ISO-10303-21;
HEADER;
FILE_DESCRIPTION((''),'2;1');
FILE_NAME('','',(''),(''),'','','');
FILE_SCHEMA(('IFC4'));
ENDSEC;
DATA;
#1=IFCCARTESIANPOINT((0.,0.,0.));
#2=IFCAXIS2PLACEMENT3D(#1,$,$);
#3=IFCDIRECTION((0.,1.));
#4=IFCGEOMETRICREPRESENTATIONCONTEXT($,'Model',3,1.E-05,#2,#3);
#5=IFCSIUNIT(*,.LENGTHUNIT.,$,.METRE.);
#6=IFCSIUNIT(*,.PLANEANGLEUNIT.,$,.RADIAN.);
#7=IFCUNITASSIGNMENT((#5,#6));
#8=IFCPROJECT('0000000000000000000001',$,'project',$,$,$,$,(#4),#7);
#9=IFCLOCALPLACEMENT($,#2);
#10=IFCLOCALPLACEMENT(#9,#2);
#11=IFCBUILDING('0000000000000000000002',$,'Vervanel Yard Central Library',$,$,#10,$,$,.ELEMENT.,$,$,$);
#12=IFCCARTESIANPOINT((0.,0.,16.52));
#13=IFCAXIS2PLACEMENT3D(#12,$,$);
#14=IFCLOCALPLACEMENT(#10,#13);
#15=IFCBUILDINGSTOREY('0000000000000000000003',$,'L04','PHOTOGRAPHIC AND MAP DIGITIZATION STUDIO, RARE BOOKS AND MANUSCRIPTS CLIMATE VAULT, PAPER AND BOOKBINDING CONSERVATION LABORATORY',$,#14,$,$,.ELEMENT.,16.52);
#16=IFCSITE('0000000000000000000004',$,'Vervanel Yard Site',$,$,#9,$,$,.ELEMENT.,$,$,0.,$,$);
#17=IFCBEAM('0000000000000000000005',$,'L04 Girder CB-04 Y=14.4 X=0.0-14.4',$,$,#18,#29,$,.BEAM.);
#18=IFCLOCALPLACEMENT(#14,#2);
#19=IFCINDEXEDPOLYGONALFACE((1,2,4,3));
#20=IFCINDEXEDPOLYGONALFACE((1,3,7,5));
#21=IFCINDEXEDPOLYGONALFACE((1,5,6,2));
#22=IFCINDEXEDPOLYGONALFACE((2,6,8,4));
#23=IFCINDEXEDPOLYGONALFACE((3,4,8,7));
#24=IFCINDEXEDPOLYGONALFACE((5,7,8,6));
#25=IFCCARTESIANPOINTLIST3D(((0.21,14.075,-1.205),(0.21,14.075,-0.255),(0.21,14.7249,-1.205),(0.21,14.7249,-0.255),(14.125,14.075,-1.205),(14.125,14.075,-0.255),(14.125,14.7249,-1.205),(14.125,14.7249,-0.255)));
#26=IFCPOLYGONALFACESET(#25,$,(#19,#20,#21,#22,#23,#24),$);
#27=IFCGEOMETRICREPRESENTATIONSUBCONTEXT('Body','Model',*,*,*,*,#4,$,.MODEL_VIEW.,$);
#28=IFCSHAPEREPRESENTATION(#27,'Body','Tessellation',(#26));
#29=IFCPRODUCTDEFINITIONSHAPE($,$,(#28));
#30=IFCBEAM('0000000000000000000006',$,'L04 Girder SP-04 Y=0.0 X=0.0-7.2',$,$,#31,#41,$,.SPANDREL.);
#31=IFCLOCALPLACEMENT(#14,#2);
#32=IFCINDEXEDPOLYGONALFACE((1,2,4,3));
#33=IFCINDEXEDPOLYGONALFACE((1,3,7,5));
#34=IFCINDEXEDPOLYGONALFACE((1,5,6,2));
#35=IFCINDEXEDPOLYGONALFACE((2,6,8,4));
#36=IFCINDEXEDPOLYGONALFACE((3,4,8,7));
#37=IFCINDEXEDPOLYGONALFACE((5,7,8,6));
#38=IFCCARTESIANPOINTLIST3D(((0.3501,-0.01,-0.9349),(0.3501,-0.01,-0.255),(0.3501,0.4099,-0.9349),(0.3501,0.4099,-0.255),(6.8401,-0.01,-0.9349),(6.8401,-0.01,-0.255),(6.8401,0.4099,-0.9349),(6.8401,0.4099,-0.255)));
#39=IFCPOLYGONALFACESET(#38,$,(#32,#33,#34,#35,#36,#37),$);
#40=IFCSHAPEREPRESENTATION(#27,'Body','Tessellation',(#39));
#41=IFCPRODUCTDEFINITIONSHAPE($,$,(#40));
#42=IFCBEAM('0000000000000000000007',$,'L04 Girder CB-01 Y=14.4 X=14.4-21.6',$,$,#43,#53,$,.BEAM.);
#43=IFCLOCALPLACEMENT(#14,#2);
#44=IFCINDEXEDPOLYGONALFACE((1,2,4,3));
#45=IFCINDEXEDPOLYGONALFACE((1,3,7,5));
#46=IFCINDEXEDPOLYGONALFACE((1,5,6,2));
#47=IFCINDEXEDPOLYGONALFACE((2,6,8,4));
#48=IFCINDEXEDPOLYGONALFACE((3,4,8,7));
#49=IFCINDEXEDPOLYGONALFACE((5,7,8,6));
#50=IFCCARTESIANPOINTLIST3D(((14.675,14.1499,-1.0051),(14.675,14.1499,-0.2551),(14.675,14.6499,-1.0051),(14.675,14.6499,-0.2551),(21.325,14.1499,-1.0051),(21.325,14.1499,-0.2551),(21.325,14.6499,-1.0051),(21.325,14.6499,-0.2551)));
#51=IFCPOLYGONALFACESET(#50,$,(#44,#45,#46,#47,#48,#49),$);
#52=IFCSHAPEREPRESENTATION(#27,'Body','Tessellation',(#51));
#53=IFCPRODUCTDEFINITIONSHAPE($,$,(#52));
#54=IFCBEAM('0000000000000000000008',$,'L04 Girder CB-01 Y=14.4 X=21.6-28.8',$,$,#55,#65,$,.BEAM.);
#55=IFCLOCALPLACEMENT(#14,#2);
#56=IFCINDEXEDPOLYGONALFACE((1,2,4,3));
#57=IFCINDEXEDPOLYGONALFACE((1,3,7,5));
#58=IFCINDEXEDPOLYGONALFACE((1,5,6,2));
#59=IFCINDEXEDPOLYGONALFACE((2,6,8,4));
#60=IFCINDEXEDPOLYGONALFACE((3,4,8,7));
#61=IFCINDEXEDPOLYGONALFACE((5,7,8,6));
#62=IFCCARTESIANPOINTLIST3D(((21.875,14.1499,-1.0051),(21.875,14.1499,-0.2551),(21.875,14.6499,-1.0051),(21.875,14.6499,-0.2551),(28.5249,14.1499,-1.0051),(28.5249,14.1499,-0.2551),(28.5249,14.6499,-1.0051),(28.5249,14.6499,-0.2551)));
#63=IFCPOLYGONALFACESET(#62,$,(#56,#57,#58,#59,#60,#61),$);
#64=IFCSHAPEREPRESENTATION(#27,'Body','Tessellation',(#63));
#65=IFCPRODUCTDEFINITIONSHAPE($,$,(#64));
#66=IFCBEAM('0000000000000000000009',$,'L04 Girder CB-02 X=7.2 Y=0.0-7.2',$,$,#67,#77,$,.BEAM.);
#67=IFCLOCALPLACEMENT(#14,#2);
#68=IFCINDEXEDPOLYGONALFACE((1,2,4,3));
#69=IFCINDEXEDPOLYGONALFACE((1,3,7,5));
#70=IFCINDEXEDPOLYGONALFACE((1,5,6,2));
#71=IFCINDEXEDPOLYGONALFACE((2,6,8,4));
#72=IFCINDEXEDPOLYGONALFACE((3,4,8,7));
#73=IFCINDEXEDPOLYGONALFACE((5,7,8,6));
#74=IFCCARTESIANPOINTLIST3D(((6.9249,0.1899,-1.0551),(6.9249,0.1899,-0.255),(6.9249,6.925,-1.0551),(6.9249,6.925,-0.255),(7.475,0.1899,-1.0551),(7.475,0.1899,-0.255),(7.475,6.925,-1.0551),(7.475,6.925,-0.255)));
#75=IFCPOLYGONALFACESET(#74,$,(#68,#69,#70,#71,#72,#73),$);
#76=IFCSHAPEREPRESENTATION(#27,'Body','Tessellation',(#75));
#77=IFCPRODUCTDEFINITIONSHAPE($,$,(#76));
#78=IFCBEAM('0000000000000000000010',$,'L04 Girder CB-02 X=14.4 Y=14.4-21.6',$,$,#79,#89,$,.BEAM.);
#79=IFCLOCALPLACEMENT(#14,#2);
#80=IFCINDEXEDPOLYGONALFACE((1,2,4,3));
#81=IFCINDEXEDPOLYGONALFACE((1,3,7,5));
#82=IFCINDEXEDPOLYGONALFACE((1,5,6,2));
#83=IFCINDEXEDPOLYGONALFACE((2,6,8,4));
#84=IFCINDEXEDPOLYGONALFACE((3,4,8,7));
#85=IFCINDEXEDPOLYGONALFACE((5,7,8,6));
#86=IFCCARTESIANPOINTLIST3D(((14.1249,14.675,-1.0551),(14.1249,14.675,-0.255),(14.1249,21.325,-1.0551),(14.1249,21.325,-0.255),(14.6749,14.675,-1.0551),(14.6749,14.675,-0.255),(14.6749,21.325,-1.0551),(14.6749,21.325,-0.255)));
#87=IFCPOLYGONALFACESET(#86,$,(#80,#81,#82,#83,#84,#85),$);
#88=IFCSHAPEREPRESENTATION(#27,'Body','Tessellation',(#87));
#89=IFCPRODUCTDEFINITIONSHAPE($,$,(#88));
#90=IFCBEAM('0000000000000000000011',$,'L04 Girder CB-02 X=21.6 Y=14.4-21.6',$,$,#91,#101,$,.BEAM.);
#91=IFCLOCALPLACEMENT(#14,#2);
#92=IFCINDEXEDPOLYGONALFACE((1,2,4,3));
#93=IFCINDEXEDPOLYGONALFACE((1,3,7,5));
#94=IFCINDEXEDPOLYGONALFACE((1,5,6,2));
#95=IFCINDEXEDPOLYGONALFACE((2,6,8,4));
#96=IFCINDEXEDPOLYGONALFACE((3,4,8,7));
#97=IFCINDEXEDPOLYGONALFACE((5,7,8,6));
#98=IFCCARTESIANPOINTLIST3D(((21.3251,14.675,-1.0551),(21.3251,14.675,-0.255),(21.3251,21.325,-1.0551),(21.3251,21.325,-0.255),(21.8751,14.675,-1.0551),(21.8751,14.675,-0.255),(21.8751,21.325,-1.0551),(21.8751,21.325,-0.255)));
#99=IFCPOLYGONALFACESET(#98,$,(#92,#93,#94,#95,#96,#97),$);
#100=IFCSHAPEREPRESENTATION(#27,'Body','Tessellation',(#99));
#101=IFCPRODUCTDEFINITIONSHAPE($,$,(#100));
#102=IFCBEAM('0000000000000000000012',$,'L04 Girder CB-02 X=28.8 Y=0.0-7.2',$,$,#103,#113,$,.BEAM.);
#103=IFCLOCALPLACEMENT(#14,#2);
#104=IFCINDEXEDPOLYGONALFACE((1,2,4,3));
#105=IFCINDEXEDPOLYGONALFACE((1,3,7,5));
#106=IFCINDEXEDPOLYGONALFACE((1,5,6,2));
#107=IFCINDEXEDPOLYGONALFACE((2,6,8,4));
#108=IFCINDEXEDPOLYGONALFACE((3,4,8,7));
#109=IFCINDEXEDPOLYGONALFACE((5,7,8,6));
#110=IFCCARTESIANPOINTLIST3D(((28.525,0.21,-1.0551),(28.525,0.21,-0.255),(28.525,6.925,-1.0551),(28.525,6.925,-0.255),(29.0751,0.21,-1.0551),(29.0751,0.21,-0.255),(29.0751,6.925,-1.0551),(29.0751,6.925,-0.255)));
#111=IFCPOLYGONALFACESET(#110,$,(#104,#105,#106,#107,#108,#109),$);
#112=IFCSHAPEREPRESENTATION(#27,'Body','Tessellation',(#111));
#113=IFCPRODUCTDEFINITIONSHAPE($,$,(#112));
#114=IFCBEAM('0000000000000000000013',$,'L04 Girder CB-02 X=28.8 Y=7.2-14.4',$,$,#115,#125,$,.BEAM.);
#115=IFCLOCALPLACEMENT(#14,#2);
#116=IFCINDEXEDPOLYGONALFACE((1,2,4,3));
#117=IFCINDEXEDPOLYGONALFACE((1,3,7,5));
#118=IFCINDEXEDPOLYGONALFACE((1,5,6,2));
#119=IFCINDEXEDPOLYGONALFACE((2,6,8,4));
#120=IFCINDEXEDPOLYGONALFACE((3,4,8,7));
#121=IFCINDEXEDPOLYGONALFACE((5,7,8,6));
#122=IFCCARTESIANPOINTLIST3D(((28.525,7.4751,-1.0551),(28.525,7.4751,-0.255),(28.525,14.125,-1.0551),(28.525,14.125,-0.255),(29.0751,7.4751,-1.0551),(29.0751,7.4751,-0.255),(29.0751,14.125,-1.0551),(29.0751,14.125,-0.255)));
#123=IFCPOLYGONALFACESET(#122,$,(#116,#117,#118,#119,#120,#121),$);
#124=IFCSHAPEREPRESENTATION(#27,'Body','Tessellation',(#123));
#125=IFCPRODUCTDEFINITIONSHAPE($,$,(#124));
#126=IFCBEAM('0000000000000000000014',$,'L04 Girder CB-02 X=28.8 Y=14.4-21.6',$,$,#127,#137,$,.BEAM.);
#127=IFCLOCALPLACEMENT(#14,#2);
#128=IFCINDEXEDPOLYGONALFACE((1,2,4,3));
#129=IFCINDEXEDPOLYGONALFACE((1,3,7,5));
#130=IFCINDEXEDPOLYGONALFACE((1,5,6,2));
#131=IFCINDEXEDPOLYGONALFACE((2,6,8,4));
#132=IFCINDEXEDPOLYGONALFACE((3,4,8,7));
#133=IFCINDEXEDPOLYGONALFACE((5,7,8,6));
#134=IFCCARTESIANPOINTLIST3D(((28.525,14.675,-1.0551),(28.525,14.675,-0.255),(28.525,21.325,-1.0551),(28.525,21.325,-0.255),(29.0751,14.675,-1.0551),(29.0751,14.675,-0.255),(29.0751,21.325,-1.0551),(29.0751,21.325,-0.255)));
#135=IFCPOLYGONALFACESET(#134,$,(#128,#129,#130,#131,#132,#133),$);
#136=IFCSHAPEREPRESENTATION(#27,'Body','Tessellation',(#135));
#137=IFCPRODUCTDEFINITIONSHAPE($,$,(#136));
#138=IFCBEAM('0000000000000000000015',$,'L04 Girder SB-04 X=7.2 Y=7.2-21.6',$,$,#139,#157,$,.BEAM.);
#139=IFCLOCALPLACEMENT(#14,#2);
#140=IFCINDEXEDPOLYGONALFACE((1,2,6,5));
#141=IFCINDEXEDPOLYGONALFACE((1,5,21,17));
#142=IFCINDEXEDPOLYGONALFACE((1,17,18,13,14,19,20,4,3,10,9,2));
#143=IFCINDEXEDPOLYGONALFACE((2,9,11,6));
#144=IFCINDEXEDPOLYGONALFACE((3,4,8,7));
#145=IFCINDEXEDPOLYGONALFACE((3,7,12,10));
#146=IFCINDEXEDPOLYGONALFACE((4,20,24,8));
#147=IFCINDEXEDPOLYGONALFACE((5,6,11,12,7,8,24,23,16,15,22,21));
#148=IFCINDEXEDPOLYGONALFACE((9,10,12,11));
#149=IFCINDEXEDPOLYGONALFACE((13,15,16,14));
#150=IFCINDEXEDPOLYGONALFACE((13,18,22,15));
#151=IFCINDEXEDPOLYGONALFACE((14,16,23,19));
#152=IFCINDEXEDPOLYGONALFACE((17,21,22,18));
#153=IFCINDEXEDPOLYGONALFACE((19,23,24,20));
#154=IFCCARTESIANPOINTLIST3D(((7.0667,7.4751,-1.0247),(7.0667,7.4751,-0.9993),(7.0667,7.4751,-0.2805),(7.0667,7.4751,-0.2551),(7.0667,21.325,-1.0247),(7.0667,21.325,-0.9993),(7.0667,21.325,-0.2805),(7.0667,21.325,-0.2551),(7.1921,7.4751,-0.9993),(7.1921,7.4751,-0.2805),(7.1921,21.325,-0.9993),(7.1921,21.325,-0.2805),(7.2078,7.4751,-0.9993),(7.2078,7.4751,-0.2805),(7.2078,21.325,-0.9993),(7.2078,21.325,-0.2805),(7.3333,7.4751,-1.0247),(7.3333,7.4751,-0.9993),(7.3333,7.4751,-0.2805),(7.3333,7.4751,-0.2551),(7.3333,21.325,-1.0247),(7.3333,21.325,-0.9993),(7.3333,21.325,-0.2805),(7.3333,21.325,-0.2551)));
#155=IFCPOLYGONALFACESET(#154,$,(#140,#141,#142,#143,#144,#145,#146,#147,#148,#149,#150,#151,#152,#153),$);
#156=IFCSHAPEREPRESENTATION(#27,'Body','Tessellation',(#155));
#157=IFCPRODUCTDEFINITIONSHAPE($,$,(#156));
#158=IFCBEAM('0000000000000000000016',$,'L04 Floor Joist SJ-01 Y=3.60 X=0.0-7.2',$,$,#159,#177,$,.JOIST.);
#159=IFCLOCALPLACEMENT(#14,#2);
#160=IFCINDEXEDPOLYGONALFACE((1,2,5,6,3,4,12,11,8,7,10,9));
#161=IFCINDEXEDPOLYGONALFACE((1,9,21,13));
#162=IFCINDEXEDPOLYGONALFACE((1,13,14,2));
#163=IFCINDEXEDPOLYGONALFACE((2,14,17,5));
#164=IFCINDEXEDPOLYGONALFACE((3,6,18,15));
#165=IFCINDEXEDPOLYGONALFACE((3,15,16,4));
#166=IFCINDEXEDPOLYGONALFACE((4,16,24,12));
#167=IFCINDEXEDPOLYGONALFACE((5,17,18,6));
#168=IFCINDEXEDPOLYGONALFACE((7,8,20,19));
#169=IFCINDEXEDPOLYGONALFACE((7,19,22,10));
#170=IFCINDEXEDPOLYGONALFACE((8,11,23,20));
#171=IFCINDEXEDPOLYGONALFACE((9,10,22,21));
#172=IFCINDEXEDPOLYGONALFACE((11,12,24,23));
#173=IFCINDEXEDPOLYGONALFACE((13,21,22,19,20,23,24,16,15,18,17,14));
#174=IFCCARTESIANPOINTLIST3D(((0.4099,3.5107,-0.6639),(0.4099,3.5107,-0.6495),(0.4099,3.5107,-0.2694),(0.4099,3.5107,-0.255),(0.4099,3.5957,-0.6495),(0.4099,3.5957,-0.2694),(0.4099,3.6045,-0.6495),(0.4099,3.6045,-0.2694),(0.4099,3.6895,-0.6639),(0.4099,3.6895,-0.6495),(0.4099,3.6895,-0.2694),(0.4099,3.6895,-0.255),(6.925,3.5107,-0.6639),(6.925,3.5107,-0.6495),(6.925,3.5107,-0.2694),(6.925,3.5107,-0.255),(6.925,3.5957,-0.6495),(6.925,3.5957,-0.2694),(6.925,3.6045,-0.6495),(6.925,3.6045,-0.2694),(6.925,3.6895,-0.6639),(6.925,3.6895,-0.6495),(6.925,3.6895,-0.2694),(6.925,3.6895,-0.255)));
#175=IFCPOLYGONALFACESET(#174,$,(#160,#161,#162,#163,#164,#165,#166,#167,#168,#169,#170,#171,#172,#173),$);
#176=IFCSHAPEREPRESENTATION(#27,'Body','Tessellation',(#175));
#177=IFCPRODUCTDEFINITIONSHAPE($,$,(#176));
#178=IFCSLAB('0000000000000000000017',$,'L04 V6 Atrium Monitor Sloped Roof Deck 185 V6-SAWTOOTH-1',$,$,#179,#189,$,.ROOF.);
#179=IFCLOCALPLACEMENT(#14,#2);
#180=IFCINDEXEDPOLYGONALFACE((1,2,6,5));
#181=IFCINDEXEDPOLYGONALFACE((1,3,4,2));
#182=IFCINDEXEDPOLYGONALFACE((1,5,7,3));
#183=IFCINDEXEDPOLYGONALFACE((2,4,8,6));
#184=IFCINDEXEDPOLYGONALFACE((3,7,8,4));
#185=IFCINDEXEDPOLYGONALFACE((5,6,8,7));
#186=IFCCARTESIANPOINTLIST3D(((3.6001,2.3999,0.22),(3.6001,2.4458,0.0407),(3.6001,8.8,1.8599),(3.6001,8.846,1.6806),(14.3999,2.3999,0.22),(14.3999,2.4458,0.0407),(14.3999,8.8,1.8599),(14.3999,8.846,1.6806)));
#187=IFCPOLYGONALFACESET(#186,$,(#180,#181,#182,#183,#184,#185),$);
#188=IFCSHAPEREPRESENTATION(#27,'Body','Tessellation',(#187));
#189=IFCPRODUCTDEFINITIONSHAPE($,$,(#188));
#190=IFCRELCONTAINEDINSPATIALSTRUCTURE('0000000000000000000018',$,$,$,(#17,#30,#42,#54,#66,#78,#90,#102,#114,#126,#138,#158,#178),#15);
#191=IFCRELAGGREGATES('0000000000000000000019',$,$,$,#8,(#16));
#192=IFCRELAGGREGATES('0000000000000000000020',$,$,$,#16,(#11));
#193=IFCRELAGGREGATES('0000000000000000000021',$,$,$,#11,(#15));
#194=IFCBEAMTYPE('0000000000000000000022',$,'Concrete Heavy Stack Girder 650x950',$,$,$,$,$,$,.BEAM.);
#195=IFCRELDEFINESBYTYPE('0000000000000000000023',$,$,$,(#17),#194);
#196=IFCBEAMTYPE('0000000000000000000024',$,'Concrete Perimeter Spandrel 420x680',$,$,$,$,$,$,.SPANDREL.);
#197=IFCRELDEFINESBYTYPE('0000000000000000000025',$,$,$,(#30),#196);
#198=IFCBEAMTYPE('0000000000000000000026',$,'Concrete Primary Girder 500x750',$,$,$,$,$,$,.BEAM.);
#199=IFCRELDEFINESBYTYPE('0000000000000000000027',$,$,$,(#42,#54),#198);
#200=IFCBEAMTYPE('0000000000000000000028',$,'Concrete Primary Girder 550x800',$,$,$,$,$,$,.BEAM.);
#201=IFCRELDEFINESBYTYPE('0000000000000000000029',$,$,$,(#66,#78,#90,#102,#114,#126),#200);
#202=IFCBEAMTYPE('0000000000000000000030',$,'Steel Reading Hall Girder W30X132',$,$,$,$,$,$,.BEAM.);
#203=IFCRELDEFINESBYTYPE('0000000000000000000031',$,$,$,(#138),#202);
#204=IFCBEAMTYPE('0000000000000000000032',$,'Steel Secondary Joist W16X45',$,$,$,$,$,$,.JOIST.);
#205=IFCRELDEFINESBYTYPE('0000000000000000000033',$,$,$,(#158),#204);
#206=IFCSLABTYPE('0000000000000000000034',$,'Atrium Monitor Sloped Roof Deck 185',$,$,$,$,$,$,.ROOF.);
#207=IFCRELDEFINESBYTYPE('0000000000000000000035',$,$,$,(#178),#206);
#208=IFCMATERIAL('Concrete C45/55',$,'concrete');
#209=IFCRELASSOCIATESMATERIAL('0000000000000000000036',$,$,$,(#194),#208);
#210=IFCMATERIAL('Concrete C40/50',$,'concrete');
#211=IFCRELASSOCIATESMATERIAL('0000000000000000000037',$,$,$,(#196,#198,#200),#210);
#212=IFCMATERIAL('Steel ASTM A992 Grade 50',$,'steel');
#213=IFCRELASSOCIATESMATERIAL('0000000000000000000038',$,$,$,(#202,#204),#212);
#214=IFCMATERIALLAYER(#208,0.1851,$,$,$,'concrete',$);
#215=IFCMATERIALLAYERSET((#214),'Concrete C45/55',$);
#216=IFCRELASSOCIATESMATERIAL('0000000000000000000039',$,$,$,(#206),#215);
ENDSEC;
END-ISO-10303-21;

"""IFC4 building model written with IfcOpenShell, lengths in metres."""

from ifc_helpers import new_model, si_unit, direction, frame, origin, origin_2d, place, context, subcontext, project, spatial, polyline, rectangle, i_section, outline, extrude, material, layer, layer_set, material_profile, profile_set, type_object, element, save


model = new_model("IFC4")

# Units and contexts
model_context = context("Model", 3, precision=1e-05, world=origin(), true_north=direction((0.0, 1.0)))
body_context = subcontext(model_context, "Body", "Model", "MODEL_VIEW")
ifc_project = project(units=[si_unit("LENGTHUNIT", "METRE"), si_unit("PLANEANGLEUNIT", "RADIAN")], contexts=[model_context])

# Site, building, storey
site_placement = place(None, origin())
site = spatial("IfcSite", under=ifc_project, at=site_placement, Name="Vervanel Yard Site", CompositionType="ELEMENT", RefElevation=0.0)
building_placement = place(site_placement, origin())
building = spatial("IfcBuilding", under=site, at=building_placement, Name="Vervanel Yard Central Library", CompositionType="ELEMENT")
storey_placement = place(building_placement, frame((0.0, 0.0, 16.52)))
storey = spatial("IfcBuildingStorey", under=building, at=storey_placement, Name="L04", Description="PHOTOGRAPHIC AND MAP DIGITIZATION STUDIO, RARE BOOKS AND MANUSCRIPTS CLIMATE VAULT, PAPER AND BOOKBINDING CONSERVATION LABORATORY", CompositionType="ELEMENT", Elevation=16.52)

# Beams
ifc_material_1 = material(Name="Concrete C45/55", Category="concrete")
ifc_material_profile_1 = material_profile(ifc_material_1, rectangle(XDim=0.6499, YDim=0.95, at=origin_2d()), Name="RC 650x950", Category="concrete")
ifc_profile_set_1 = profile_set([ifc_material_profile_1], Name="Concrete C45/55")
beam_type_1 = type_object("IfcBeamType", Name="Concrete Heavy Stack Girder 650x950", PredefinedType="BEAM", material=ifc_profile_set_1)
beam_1_placement = place(storey_placement, frame((0.21, 14.3999, -0.73), z_axis=(1.0, 0.0, 0.0), x_axis=(0.0, 1.0, 0.0)))
element("IfcBeam", 1, at=beam_1_placement, inside=storey, type_object=beam_type_1, Name="L04 Girder CB-04 Y=14.4 X=0.0-14.4", PredefinedType="BEAM", context=body_context, shape_type="SweptSolid", body=[
    extrude(rectangle(XDim=0.6499, YDim=0.95, at=origin_2d()), origin(), (0.0, 0.0, 1.0), 13.915),
])
ifc_material_2 = material(Name="Concrete C40/50", Category="concrete")
ifc_material_profile_2 = material_profile(ifc_material_2, rectangle(XDim=0.4199, YDim=0.6799, at=origin_2d()), Name="RC 420x680", Category="concrete")
ifc_profile_set_2 = profile_set([ifc_material_profile_2], Name="Concrete C40/50")
beam_type_2 = type_object("IfcBeamType", Name="Concrete Perimeter Spandrel 420x680", PredefinedType="SPANDREL", material=ifc_profile_set_2)
beam_2_placement = place(storey_placement, frame((0.3501, 0.2, -0.595), z_axis=(1.0, 0.0, 0.0), x_axis=(0.0, 1.0, 0.0)))
element("IfcBeam", 2, at=beam_2_placement, inside=storey, type_object=beam_type_2, Name="L04 Girder SP-04 Y=0.0 X=0.0-7.2", PredefinedType="SPANDREL", context=body_context, shape_type="SweptSolid", body=[
    extrude(rectangle(XDim=0.4199, YDim=0.6799, at=origin_2d()), origin(), (0.0, 0.0, 1.0), 6.49),
])
ifc_material_profile_3 = material_profile(ifc_material_2, rectangle(XDim=0.5, YDim=0.75, at=origin_2d()), Name="RC 500x750", Category="concrete")
ifc_profile_set_3 = profile_set([ifc_material_profile_3], Name="Concrete C40/50")
beam_type_3 = type_object("IfcBeamType", Name="Concrete Primary Girder 500x750", PredefinedType="BEAM", material=ifc_profile_set_3)
for number, where, z_axis, x_axis, name in (
    (3, (14.675, 14.3999, -0.6301), (1.0, 0.0, 0.0), (0.0, 1.0, 0.0), "L04 Girder CB-01 Y=14.4 X=14.4-21.6"),
    (4, (21.875, 14.3999, -0.6301), (1.0, 0.0, 0.0), (0.0, 1.0, 0.0), "L04 Girder CB-01 Y=14.4 X=21.6-28.8"),
):
    element("IfcBeam", number, at=place(storey_placement, frame(where, z_axis=z_axis, x_axis=x_axis)), inside=storey, type_object=beam_type_3, Name=name, PredefinedType="BEAM", context=body_context, shape_type="SweptSolid", body=[
        extrude(rectangle(XDim=0.5, YDim=0.75, at=origin_2d()), origin(), (0.0, 0.0, 1.0), 6.6499),
    ])
ifc_material_profile_4 = material_profile(ifc_material_2, rectangle(XDim=0.55, YDim=0.8, at=origin_2d()), Name="RC 550x800", Category="concrete")
ifc_profile_set_4 = profile_set([ifc_material_profile_4], Name="Concrete C40/50")
beam_type_4 = type_object("IfcBeamType", Name="Concrete Primary Girder 550x800", PredefinedType="BEAM", material=ifc_profile_set_4)
beam_3_placement = place(storey_placement, frame((7.2, 0.1899, -0.655), z_axis=(0.0, 1.0, 0.0), x_axis=(-1.0, 0.0, 0.0)))
element("IfcBeam", 5, at=beam_3_placement, inside=storey, type_object=beam_type_4, Name="L04 Girder CB-02 X=7.2 Y=0.0-7.2", PredefinedType="BEAM", context=body_context, shape_type="SweptSolid", body=[
    extrude(rectangle(XDim=0.55, YDim=0.8, at=origin_2d()), origin(), (0.0, 0.0, 1.0), 6.7351),
])
for number, where, z_axis, x_axis, name in (
    (6, (14.3999, 14.675, -0.655), (0.0, 1.0, 0.0), (-1.0, 0.0, 0.0), "L04 Girder CB-02 X=14.4 Y=14.4-21.6"),
    (7, (21.6001, 14.675, -0.655), (0.0, 1.0, 0.0), (-1.0, 0.0, 0.0), "L04 Girder CB-02 X=21.6 Y=14.4-21.6"),
):
    element("IfcBeam", number, at=place(storey_placement, frame(where, z_axis=z_axis, x_axis=x_axis)), inside=storey, type_object=beam_type_4, Name=name, PredefinedType="BEAM", context=body_context, shape_type="SweptSolid", body=[
        extrude(rectangle(XDim=0.55, YDim=0.8, at=origin_2d()), origin(), (0.0, 0.0, 1.0), 6.6499),
    ])
beam_4_placement = place(storey_placement, frame((28.8, 0.21, -0.655), z_axis=(0.0, 1.0, 0.0), x_axis=(-1.0, 0.0, 0.0)))
element("IfcBeam", 8, at=beam_4_placement, inside=storey, type_object=beam_type_4, Name="L04 Girder CB-02 X=28.8 Y=0.0-7.2", PredefinedType="BEAM", context=body_context, shape_type="SweptSolid", body=[
    extrude(rectangle(XDim=0.55, YDim=0.8, at=origin_2d()), origin(), (0.0, 0.0, 1.0), 6.7151),
])
for number, where, z_axis, x_axis, name in (
    (9, (28.8, 7.4751, -0.655), (0.0, 1.0, 0.0), (-1.0, 0.0, 0.0), "L04 Girder CB-02 X=28.8 Y=7.2-14.4"),
    (10, (28.8, 14.675, -0.655), (0.0, 1.0, 0.0), (-1.0, 0.0, 0.0), "L04 Girder CB-02 X=28.8 Y=14.4-21.6"),
):
    element("IfcBeam", number, at=place(storey_placement, frame(where, z_axis=z_axis, x_axis=x_axis)), inside=storey, type_object=beam_type_4, Name=name, PredefinedType="BEAM", context=body_context, shape_type="SweptSolid", body=[
        extrude(rectangle(XDim=0.55, YDim=0.8, at=origin_2d()), origin(), (0.0, 0.0, 1.0), 6.6499),
    ])
ifc_material_3 = material(Name="Steel ASTM A992 Grade 50", Category="steel")
ifc_material_profile_5 = material_profile(ifc_material_3, i_section(OverallWidth=0.2666, OverallDepth=0.7695, WebThickness=0.0156, FlangeThickness=0.0254, at=origin_2d()), Name="W30X132", Category="steel")
ifc_profile_set_5 = profile_set([ifc_material_profile_5], Name="Steel ASTM A992 Grade 50")
beam_type_5 = type_object("IfcBeamType", Name="Steel Reading Hall Girder W30X132", PredefinedType="BEAM", material=ifc_profile_set_5)
beam_5_placement = place(storey_placement, frame((7.2, 7.4751, -0.6399), z_axis=(0.0, 1.0, 0.0), x_axis=(-1.0, 0.0, 0.0)))
element("IfcBeam", 11, at=beam_5_placement, inside=storey, type_object=beam_type_5, Name="L04 Girder SB-04 X=7.2 Y=7.2-21.6", PredefinedType="BEAM", context=body_context, shape_type="SweptSolid", body=[
    extrude(i_section(OverallWidth=0.2666, OverallDepth=0.7695, WebThickness=0.0156, FlangeThickness=0.0254, at=origin_2d()), origin(), (0.0, 0.0, 1.0), 13.8499),
])
ifc_material_profile_6 = material_profile(ifc_material_3, i_section(OverallWidth=0.1787, OverallDepth=0.4089, WebThickness=0.0088, FlangeThickness=0.0144, at=origin_2d()), Name="W16X45", Category="steel")
ifc_profile_set_6 = profile_set([ifc_material_profile_6], Name="Steel ASTM A992 Grade 50")
beam_type_6 = type_object("IfcBeamType", Name="Steel Secondary Joist W16X45", PredefinedType="JOIST", material=ifc_profile_set_6)
beam_6_placement = place(storey_placement, frame((0.4099, 3.6001, -0.4595), z_axis=(1.0, 0.0, 0.0), x_axis=(0.0, 1.0, 0.0)))
element("IfcBeam", 12, at=beam_6_placement, inside=storey, type_object=beam_type_6, Name="L04 Floor Joist SJ-01 Y=3.60 X=0.0-7.2", PredefinedType="JOIST", context=body_context, shape_type="SweptSolid", body=[
    extrude(i_section(OverallWidth=0.1787, OverallDepth=0.4089, WebThickness=0.0088, FlangeThickness=0.0144, at=origin_2d()), origin(), (0.0, 0.0, 1.0), 6.5151),
])

# Slab
ifc_layer_1 = layer(ifc_material_1, 0.1851, Category="concrete")
ifc_layer_set_1 = layer_set([ifc_layer_1], Name="Concrete C45/55")
slab_type = type_object("IfcSlabType", Name="Atrium Monitor Sloped Roof Deck 185", PredefinedType="ROOF", material=ifc_layer_set_1)
slab_1_placement = place(storey_placement, frame((3.6001, 2.3999, 0.22), z_axis=(0.0, -0.248209, 0.968706), x_axis=(1.0, 0.0, 0.0)))
element("IfcSlab", 13, at=slab_1_placement, inside=storey, type_object=slab_type, Name="L04 V6 Atrium Monitor Sloped Roof Deck 185 V6-SAWTOOTH-1", PredefinedType="ROOF", context=body_context, shape_type="SweptSolid", body=[
    extrude(outline(polyline([(0.0, 0.0), (10.7998, 0.0), (10.7998, 6.6069), (0.0, 6.6069), (0.0, 0.0)])), origin(), (0.0, 0.0, -1.0), 0.1851),
])

save(model, "model.ifc")
